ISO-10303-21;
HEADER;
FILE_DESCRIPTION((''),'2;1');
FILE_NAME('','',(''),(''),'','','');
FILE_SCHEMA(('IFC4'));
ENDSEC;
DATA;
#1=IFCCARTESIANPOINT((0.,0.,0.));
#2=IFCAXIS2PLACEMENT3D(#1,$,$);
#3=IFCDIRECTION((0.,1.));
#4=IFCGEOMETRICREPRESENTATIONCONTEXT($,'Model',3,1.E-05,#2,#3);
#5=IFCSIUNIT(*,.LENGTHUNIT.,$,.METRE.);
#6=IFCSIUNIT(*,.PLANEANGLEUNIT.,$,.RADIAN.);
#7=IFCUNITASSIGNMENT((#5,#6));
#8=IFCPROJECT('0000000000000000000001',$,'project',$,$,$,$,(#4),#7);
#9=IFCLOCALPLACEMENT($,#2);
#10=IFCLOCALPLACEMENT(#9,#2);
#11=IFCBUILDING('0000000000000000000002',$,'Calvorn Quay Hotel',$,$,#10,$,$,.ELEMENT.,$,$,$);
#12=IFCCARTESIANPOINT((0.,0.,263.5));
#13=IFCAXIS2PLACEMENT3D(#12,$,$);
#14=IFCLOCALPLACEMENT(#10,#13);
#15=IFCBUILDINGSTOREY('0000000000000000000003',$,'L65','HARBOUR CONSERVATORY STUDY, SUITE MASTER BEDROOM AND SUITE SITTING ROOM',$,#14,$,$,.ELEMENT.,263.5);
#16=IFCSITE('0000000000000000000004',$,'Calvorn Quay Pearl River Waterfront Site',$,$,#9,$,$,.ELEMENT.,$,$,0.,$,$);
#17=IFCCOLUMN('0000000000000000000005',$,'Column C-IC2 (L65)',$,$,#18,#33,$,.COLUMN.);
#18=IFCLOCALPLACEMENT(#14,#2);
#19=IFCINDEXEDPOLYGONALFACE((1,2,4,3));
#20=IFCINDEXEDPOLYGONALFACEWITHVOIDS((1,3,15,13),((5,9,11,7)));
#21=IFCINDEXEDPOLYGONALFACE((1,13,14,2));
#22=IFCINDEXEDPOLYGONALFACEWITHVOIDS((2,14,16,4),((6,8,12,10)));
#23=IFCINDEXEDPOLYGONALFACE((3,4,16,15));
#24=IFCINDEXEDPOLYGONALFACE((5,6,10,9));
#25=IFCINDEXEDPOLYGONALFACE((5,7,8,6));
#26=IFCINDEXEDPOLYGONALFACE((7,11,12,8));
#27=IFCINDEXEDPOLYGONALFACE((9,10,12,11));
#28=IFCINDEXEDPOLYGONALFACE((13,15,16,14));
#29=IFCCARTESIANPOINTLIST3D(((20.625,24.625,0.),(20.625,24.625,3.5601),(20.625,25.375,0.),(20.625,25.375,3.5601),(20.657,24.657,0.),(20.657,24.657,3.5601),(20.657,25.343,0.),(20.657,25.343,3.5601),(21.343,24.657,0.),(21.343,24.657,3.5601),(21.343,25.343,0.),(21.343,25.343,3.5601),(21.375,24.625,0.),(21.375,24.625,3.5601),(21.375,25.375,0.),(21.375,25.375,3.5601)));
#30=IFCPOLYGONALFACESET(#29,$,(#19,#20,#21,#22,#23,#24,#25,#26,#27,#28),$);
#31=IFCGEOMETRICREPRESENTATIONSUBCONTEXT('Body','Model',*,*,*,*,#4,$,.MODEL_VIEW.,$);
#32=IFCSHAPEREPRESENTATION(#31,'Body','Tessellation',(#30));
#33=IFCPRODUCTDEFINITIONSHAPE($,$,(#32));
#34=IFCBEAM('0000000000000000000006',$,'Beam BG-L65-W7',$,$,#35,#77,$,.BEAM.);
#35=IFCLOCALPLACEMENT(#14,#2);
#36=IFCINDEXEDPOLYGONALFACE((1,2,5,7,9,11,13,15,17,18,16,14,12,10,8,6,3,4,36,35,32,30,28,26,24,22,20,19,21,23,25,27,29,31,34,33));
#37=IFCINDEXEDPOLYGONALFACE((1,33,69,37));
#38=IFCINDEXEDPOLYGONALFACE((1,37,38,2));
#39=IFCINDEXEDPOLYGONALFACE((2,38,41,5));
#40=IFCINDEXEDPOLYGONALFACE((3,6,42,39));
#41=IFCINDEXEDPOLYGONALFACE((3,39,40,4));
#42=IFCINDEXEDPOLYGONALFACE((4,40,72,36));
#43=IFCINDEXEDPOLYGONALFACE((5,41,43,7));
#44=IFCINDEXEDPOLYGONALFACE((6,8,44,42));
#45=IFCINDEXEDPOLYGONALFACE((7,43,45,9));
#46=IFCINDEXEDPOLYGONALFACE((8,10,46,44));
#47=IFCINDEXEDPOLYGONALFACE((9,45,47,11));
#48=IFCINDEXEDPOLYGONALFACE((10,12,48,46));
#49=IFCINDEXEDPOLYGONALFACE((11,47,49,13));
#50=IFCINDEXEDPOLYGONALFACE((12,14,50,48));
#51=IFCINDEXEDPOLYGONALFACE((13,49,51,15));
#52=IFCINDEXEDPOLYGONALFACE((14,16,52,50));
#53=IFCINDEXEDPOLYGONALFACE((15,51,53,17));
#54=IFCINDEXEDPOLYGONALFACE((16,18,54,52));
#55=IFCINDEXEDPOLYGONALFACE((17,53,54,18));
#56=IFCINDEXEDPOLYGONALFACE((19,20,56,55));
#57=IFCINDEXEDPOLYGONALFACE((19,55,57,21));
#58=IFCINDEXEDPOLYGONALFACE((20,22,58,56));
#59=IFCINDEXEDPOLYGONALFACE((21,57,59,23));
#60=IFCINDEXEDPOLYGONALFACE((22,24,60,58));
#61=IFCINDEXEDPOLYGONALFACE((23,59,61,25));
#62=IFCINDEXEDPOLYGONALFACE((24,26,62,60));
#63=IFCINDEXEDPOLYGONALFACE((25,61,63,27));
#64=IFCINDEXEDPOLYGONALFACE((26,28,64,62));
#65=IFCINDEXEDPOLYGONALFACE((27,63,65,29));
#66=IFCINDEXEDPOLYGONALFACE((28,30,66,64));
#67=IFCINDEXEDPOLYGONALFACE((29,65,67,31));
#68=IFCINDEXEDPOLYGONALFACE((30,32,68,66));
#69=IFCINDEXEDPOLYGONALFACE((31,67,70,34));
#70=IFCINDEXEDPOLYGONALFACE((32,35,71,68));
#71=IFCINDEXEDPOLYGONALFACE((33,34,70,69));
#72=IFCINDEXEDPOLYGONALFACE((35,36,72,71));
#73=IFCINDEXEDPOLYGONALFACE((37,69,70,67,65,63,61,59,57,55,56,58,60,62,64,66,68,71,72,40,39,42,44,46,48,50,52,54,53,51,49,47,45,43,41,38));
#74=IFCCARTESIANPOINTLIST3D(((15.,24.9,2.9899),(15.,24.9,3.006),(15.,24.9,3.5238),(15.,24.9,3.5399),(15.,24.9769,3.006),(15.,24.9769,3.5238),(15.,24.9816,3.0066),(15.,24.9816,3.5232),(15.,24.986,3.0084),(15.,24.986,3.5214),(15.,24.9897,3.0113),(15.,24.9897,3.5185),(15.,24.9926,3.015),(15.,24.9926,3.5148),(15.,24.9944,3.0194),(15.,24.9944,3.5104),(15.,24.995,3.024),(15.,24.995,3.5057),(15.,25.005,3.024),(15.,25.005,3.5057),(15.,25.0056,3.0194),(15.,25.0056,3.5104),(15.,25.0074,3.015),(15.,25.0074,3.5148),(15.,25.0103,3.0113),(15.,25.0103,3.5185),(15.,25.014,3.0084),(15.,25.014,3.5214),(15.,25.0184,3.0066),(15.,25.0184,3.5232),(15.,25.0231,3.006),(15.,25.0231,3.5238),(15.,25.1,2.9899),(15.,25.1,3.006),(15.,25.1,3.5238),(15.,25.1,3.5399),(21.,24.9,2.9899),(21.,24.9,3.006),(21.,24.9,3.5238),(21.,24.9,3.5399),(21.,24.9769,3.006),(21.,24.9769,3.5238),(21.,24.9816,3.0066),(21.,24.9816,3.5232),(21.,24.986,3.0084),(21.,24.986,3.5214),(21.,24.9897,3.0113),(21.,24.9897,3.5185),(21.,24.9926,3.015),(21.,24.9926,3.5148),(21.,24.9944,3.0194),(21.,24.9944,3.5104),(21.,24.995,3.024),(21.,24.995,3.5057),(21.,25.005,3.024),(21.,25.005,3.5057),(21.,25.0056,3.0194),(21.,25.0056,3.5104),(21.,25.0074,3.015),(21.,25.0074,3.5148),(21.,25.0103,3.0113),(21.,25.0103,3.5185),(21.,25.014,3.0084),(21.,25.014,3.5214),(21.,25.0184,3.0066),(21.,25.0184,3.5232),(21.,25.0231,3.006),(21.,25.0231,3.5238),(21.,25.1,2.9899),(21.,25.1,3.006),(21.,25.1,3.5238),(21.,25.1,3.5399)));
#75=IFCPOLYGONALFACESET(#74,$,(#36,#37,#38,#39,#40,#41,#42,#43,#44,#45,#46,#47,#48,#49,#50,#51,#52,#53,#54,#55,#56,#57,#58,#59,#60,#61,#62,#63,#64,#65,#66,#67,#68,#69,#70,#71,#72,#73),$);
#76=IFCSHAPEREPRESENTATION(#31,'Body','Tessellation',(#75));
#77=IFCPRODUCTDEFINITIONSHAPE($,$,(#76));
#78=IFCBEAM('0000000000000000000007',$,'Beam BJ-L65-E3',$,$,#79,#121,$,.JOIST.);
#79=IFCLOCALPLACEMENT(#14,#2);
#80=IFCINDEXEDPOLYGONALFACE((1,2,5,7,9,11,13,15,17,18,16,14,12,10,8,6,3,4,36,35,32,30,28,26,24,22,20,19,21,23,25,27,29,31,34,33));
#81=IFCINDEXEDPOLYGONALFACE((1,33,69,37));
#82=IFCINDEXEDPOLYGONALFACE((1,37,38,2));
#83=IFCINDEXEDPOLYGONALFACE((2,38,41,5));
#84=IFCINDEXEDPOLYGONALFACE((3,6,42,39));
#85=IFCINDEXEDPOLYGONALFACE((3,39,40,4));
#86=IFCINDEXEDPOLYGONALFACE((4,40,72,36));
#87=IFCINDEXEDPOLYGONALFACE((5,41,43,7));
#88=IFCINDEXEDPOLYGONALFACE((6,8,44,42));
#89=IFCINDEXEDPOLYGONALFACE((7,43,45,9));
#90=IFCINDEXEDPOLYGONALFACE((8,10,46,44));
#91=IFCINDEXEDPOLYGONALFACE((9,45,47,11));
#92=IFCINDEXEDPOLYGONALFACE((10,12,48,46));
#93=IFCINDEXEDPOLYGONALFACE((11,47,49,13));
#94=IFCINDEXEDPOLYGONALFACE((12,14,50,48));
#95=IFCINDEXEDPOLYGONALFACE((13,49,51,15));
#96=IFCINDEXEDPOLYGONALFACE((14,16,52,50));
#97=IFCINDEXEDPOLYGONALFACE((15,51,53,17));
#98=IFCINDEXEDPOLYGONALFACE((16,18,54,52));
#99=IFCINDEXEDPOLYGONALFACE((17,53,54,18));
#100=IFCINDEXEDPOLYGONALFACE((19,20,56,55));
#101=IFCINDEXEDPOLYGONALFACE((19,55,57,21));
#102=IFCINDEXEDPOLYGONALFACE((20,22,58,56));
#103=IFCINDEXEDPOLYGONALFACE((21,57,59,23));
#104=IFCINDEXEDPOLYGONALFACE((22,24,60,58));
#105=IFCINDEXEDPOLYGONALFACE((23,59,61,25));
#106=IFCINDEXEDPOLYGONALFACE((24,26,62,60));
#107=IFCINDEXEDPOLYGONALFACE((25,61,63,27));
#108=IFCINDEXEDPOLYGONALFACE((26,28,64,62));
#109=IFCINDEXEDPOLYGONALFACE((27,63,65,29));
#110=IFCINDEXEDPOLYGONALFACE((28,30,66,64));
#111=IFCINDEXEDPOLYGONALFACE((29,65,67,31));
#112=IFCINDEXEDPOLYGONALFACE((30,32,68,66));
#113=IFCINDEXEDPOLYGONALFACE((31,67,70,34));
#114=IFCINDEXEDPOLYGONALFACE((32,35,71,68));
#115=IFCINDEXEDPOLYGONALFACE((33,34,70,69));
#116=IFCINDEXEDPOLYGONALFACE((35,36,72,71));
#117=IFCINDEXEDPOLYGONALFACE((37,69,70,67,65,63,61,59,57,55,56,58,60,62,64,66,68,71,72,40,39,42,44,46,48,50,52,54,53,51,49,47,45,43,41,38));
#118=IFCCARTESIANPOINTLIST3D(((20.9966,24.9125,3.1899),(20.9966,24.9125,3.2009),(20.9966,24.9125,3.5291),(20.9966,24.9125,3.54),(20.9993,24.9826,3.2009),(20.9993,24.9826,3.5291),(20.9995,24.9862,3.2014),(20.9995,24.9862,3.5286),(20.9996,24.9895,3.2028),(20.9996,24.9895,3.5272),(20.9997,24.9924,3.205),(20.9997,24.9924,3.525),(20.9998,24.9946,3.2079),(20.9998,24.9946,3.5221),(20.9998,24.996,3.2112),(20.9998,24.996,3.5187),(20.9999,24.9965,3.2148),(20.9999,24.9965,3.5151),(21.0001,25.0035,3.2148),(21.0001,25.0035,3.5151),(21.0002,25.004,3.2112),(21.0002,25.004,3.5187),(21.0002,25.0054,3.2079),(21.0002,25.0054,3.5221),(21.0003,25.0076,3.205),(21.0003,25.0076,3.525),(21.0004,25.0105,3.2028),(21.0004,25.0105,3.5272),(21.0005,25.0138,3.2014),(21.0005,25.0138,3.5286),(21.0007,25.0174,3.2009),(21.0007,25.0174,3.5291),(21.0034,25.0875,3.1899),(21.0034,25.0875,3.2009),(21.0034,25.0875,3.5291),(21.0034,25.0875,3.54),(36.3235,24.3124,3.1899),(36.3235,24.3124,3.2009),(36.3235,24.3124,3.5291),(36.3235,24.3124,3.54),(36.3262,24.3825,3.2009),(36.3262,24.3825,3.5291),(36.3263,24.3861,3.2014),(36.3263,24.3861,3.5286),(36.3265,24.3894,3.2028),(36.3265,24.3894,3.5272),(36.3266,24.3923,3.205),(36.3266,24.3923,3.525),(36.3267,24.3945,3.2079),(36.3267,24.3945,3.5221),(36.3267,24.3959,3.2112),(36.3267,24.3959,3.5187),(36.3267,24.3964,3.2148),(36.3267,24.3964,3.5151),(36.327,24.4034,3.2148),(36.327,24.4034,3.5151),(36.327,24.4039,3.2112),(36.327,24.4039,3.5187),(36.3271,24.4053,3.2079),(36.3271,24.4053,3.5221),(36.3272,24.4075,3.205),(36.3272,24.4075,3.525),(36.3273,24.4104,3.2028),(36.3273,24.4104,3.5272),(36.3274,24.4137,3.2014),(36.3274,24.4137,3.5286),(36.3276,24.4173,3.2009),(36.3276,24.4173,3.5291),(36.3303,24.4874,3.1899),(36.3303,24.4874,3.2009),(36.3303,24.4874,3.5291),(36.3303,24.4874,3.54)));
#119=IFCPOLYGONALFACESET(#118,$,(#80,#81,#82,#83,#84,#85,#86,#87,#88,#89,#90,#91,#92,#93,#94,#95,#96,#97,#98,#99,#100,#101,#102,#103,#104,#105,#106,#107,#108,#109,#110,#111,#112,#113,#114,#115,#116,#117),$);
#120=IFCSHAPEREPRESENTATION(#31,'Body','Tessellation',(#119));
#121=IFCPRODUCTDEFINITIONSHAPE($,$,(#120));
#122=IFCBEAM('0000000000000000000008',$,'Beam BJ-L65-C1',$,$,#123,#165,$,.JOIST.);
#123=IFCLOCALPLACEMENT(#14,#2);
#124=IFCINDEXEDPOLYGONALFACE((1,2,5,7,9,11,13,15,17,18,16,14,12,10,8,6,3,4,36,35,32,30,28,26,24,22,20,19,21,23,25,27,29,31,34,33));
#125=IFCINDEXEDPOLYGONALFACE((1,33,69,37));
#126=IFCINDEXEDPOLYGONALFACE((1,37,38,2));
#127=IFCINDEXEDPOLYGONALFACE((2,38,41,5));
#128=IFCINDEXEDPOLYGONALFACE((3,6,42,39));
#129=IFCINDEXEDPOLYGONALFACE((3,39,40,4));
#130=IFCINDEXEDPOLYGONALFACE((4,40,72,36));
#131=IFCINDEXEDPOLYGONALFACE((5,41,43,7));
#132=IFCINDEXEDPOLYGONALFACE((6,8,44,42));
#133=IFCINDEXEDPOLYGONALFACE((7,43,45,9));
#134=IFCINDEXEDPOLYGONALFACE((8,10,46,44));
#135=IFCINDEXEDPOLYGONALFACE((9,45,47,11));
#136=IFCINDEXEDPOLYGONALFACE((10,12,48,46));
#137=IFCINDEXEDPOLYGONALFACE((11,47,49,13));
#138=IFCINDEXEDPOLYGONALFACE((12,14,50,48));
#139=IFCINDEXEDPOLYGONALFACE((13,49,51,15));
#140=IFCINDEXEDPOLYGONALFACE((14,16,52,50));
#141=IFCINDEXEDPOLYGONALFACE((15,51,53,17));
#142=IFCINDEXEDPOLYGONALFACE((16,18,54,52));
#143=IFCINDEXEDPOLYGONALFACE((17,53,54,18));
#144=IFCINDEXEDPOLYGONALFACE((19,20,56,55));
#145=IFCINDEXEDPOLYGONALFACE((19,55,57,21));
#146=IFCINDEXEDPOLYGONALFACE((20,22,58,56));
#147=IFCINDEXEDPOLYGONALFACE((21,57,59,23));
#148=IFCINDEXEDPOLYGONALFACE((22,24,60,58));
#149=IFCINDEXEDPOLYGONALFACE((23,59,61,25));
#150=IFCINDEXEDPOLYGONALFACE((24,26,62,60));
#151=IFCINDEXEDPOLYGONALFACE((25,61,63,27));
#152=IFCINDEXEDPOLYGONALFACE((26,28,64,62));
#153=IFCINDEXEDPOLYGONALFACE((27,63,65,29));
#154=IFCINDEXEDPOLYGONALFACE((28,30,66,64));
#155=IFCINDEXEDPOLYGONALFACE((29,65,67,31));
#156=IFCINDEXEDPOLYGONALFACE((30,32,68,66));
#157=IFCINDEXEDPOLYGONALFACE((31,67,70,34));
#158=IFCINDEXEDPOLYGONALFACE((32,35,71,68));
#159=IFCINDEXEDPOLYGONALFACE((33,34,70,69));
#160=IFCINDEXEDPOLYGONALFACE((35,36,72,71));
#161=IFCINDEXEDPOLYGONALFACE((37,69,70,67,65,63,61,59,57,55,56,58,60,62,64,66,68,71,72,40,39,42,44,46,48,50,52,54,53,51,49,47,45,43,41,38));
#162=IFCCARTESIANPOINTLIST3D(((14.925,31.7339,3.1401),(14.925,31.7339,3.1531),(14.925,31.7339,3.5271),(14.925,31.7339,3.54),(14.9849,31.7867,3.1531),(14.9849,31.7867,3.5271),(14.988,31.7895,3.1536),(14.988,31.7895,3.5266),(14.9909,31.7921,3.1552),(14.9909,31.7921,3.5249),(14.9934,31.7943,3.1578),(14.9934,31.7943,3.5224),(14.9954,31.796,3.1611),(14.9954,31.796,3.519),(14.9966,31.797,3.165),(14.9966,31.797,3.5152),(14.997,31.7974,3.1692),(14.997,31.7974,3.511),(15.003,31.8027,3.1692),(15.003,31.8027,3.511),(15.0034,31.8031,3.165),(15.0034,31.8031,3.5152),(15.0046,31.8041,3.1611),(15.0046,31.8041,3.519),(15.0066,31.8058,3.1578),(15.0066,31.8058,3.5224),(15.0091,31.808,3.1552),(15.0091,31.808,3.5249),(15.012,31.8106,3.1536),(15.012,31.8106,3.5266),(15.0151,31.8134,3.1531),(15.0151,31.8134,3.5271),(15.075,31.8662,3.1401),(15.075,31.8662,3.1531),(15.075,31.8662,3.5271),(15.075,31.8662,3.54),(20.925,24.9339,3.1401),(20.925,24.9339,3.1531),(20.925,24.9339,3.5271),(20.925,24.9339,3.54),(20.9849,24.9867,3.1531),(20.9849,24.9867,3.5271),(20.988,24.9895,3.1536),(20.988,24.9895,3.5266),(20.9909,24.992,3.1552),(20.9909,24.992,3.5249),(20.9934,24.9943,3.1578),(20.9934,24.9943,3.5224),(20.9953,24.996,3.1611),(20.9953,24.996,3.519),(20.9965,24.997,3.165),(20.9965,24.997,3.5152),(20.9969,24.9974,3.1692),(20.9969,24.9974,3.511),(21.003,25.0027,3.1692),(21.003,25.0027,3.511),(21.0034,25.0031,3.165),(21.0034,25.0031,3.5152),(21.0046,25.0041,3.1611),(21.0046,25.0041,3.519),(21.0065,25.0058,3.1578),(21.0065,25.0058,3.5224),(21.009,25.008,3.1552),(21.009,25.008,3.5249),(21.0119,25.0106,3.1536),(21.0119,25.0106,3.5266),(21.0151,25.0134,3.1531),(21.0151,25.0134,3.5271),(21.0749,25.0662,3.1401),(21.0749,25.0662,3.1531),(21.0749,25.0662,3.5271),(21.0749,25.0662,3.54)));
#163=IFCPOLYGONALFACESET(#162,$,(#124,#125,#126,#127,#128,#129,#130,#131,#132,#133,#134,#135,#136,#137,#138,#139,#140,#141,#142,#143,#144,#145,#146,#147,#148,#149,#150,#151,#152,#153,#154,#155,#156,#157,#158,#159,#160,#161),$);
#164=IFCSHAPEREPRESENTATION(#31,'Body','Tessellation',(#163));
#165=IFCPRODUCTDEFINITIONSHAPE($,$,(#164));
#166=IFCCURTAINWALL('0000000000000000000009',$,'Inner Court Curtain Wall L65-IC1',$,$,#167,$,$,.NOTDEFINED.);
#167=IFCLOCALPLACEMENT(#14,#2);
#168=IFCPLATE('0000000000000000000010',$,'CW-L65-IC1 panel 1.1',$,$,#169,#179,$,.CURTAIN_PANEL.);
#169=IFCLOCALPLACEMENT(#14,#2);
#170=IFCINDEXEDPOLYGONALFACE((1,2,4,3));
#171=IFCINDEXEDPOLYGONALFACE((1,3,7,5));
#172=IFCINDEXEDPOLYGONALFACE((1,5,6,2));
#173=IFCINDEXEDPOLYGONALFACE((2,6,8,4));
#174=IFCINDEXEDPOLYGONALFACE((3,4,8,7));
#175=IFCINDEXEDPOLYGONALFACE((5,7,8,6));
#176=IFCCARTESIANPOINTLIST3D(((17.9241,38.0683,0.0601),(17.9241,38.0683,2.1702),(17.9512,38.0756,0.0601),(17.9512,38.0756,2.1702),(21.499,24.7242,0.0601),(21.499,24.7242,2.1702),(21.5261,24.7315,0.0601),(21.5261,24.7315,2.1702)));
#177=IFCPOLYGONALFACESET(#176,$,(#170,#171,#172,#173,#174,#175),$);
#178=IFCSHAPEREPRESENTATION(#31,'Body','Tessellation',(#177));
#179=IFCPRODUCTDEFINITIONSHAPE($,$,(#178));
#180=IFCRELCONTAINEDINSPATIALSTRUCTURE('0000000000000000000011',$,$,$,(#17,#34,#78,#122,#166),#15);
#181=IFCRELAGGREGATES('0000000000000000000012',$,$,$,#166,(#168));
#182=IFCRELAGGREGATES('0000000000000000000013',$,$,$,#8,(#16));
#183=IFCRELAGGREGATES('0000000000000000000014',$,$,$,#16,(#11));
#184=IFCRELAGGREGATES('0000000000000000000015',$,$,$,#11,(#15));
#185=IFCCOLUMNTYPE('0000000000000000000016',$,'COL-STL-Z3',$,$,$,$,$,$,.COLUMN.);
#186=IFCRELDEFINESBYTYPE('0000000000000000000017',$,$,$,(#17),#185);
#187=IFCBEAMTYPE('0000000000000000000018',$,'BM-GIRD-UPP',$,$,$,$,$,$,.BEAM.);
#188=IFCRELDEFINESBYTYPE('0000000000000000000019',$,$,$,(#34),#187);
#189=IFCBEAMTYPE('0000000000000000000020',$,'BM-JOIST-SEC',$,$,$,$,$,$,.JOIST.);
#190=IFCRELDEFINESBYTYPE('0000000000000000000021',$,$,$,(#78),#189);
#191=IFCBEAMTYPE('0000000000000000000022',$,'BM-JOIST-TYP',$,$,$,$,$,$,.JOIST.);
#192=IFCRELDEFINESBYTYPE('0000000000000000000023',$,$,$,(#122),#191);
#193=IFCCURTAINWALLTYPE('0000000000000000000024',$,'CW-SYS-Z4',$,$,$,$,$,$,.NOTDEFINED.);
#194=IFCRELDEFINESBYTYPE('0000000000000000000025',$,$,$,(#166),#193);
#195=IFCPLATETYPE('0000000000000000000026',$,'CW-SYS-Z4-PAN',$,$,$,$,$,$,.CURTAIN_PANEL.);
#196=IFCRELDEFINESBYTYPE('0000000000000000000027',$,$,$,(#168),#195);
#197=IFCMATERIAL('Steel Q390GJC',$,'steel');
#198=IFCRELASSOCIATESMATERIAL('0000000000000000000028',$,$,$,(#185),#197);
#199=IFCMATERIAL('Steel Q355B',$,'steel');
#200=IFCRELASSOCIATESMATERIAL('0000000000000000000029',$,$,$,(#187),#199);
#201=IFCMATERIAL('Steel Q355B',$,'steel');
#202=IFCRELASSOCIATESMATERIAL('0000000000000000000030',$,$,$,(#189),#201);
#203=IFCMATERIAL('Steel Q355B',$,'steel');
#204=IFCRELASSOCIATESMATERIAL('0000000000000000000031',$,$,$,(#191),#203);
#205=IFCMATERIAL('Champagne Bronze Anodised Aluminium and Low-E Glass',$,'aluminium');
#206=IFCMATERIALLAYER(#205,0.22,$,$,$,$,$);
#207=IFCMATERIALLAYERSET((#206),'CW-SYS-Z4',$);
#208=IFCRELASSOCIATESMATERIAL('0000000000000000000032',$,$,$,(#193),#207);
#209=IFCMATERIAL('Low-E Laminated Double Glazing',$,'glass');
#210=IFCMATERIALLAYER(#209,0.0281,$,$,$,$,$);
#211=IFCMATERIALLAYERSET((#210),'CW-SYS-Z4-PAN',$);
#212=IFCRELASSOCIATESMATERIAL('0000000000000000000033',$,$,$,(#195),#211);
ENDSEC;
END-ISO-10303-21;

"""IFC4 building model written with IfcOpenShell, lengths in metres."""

from ifc_helpers import new_model, si_unit, direction, frame, origin, origin_2d, place, context, subcontext, project, spatial, rectangle, hollow_rectangle, i_section, extrude, material, layer, layer_set, material_profile, profile_set, type_object, element, aggregate, save


model = new_model("IFC4")

# Units and contexts
model_context = context("Model", 3, precision=1e-05, world=origin(), true_north=direction((0.0, 1.0)))
body_context = subcontext(model_context, "Body", "Model", "MODEL_VIEW")
ifc_project = project(units=[si_unit("LENGTHUNIT", "METRE"), si_unit("PLANEANGLEUNIT", "RADIAN")], contexts=[model_context])

# Site, building, storey
site_placement = place(None, origin())
site = spatial("IfcSite", under=ifc_project, at=site_placement, Name="Calvorn Quay Pearl River Waterfront Site", CompositionType="ELEMENT", RefElevation=0.0)
building_placement = place(site_placement, origin())
building = spatial("IfcBuilding", under=site, at=building_placement, Name="Calvorn Quay Hotel", CompositionType="ELEMENT")
storey_placement = place(building_placement, frame((0.0, 0.0, 263.5)))
storey = spatial("IfcBuildingStorey", under=building, at=storey_placement, Name="L65", Description="HARBOUR CONSERVATORY STUDY, SUITE MASTER BEDROOM AND SUITE SITTING ROOM", CompositionType="ELEMENT", Elevation=263.5)

# Column
ifc_material_1 = material(Name="Steel Q390GJC", Category="steel")
ifc_material_profile_1 = material_profile(ifc_material_1, hollow_rectangle(XDim=0.75, YDim=0.75, WallThickness=0.032, at=origin_2d()), Name="BOX750x750x32")
ifc_profile_set_1 = profile_set([ifc_material_profile_1], Name="Steel Q390GJC")
column_type = type_object("IfcColumnType", Name="COL-STL-Z3", PredefinedType="COLUMN", material=ifc_profile_set_1)
column_placement = place(storey_placement, frame((21.0, 25.0, 0.0), z_axis=(0.0, 0.0, 1.0), x_axis=(1.0, 0.0, 0.0)))
element("IfcColumn", 1, at=column_placement, inside=storey, type_object=column_type, Name="Column C-IC2 (L65)", PredefinedType="COLUMN", context=body_context, shape_type="SweptSolid", body=[
    extrude(hollow_rectangle(XDim=0.75, YDim=0.75, WallThickness=0.032, at=origin_2d()), origin(), (0.0, 0.0, 1.0), 3.5601),
])

# Beams
ifc_material_2 = material(Name="Steel Q355B", Category="steel")
ifc_material_profile_2 = material_profile(ifc_material_2, i_section(OverallWidth=0.2, OverallDepth=0.55, WebThickness=0.01, FlangeThickness=0.0161, FilletRadius=0.0181, at=origin_2d()), Name="HN550x200x10x16")
ifc_profile_set_2 = profile_set([ifc_material_profile_2], Name="Steel Q355B")
beam_type_1 = type_object("IfcBeamType", Name="BM-GIRD-UPP", PredefinedType="BEAM", material=ifc_profile_set_2)
beam_1_placement = place(storey_placement, frame((21.0, 25.0, 3.2649), z_axis=(-1.0, 0.0, 0.0), x_axis=(0.0, -1.0, 0.0)))
element("IfcBeam", 2, at=beam_1_placement, inside=storey, type_object=beam_type_1, Name="Beam BG-L65-W7", PredefinedType="BEAM", context=body_context, shape_type="SweptSolid", body=[
    extrude(i_section(OverallWidth=0.2, OverallDepth=0.55, WebThickness=0.01, FlangeThickness=0.0161, FilletRadius=0.0181, at=origin_2d()), origin(), (0.0, 0.0, 1.0), 6.0),
])
ifc_material_3 = material(Name="Steel Q355B", Category="steel")
ifc_material_profile_3 = material_profile(ifc_material_3, i_section(OverallWidth=0.175, OverallDepth=0.3501, WebThickness=0.0071, FlangeThickness=0.011, FilletRadius=0.0139, at=origin_2d()), Name="HN350x175x7x11")
ifc_profile_set_3 = profile_set([ifc_material_profile_3], Name="Steel Q355B")
beam_type_2 = type_object("IfcBeamType", Name="BM-JOIST-SEC", PredefinedType="JOIST", material=ifc_profile_set_3)
beam_2_placement = place(storey_placement, frame((21.0, 25.0, 3.365), z_axis=(0.999234, -0.039123, 0.0), x_axis=(0.039123, 0.999234, 0.0)))
element("IfcBeam", 3, at=beam_2_placement, inside=storey, type_object=beam_type_2, Name="Beam BJ-L65-E3", PredefinedType="JOIST", context=body_context, shape_type="SweptSolid", body=[
    extrude(i_section(OverallWidth=0.175, OverallDepth=0.3501, WebThickness=0.0071, FlangeThickness=0.011, FilletRadius=0.0139, at=origin_2d()), origin(), (0.0, 0.0, 1.0), 15.3386),
])
ifc_material_4 = material(Name="Steel Q355B", Category="steel")
ifc_material_profile_4 = material_profile(ifc_material_4, i_section(OverallWidth=0.2, OverallDepth=0.3999, WebThickness=0.0081, FlangeThickness=0.0129, FilletRadius=0.0161, at=origin_2d()), Name="HN400x200x8x13")
ifc_profile_set_4 = profile_set([ifc_material_profile_4], Name="Steel Q355B")
beam_type_3 = type_object("IfcBeamType", Name="BM-JOIST-TYP", PredefinedType="JOIST", material=ifc_profile_set_4)
beam_3_placement = place(storey_placement, frame((15.0, 31.8, 3.3401), z_axis=(0.661619, -0.74984, 0.0), x_axis=(0.74984, 0.661619, 0.0)))
element("IfcBeam", 4, at=beam_3_placement, inside=storey, type_object=beam_type_3, Name="Beam BJ-L65-C1", PredefinedType="JOIST", context=body_context, shape_type="SweptSolid", body=[
    extrude(i_section(OverallWidth=0.2, OverallDepth=0.3999, WebThickness=0.0081, FlangeThickness=0.0129, FilletRadius=0.0161, at=origin_2d()), origin(), (0.0, 0.0, 1.0), 9.0686),
])

# Curtain wall, plate
ifc_material_5 = material(Name="Champagne Bronze Anodised Aluminium and Low-E Glass", Category="aluminium")
ifc_layer_1 = layer(ifc_material_5, 0.22)
ifc_layer_set_1 = layer_set([ifc_layer_1], Name="CW-SYS-Z4")
curtain_wall_type = type_object("IfcCurtainWallType", Name="CW-SYS-Z4", PredefinedType="NOTDEFINED", material=ifc_layer_set_1)
curtain_wall_placement = place(storey_placement, origin())
curtain_wall = element("IfcCurtainWall", 5, at=curtain_wall_placement, inside=storey, type_object=curtain_wall_type, Name="Inner Court Curtain Wall L65-IC1", PredefinedType="NOTDEFINED")
ifc_material_6 = material(Name="Low-E Laminated Double Glazing", Category="glass")
ifc_layer_2 = layer(ifc_material_6, 0.0281)
ifc_layer_set_2 = layer_set([ifc_layer_2], Name="CW-SYS-Z4-PAN")
plate_type = type_object("IfcPlateType", Name="CW-SYS-Z4-PAN", PredefinedType="CURTAIN_PANEL", material=ifc_layer_set_2)
plate_1_placement = place(storey_placement, frame((19.7251, 31.3999, 0.0601), z_axis=(0.0, 0.0, 1.0), x_axis=(-0.258779, 0.965937, 0.0)))
plate_1 = element("IfcPlate", 6, at=plate_1_placement, type_object=plate_type, Name="CW-L65-IC1 panel 1.1", PredefinedType="CURTAIN_PANEL", context=body_context, shape_type="SweptSolid", body=[
    extrude(rectangle(XDim=13.8147, YDim=0.0281, at=origin_2d()), origin(), (0.0, 0.0, 1.0), 2.1101),
])
aggregate(curtain_wall, [plate_1])

save(model, "model.ifc")
